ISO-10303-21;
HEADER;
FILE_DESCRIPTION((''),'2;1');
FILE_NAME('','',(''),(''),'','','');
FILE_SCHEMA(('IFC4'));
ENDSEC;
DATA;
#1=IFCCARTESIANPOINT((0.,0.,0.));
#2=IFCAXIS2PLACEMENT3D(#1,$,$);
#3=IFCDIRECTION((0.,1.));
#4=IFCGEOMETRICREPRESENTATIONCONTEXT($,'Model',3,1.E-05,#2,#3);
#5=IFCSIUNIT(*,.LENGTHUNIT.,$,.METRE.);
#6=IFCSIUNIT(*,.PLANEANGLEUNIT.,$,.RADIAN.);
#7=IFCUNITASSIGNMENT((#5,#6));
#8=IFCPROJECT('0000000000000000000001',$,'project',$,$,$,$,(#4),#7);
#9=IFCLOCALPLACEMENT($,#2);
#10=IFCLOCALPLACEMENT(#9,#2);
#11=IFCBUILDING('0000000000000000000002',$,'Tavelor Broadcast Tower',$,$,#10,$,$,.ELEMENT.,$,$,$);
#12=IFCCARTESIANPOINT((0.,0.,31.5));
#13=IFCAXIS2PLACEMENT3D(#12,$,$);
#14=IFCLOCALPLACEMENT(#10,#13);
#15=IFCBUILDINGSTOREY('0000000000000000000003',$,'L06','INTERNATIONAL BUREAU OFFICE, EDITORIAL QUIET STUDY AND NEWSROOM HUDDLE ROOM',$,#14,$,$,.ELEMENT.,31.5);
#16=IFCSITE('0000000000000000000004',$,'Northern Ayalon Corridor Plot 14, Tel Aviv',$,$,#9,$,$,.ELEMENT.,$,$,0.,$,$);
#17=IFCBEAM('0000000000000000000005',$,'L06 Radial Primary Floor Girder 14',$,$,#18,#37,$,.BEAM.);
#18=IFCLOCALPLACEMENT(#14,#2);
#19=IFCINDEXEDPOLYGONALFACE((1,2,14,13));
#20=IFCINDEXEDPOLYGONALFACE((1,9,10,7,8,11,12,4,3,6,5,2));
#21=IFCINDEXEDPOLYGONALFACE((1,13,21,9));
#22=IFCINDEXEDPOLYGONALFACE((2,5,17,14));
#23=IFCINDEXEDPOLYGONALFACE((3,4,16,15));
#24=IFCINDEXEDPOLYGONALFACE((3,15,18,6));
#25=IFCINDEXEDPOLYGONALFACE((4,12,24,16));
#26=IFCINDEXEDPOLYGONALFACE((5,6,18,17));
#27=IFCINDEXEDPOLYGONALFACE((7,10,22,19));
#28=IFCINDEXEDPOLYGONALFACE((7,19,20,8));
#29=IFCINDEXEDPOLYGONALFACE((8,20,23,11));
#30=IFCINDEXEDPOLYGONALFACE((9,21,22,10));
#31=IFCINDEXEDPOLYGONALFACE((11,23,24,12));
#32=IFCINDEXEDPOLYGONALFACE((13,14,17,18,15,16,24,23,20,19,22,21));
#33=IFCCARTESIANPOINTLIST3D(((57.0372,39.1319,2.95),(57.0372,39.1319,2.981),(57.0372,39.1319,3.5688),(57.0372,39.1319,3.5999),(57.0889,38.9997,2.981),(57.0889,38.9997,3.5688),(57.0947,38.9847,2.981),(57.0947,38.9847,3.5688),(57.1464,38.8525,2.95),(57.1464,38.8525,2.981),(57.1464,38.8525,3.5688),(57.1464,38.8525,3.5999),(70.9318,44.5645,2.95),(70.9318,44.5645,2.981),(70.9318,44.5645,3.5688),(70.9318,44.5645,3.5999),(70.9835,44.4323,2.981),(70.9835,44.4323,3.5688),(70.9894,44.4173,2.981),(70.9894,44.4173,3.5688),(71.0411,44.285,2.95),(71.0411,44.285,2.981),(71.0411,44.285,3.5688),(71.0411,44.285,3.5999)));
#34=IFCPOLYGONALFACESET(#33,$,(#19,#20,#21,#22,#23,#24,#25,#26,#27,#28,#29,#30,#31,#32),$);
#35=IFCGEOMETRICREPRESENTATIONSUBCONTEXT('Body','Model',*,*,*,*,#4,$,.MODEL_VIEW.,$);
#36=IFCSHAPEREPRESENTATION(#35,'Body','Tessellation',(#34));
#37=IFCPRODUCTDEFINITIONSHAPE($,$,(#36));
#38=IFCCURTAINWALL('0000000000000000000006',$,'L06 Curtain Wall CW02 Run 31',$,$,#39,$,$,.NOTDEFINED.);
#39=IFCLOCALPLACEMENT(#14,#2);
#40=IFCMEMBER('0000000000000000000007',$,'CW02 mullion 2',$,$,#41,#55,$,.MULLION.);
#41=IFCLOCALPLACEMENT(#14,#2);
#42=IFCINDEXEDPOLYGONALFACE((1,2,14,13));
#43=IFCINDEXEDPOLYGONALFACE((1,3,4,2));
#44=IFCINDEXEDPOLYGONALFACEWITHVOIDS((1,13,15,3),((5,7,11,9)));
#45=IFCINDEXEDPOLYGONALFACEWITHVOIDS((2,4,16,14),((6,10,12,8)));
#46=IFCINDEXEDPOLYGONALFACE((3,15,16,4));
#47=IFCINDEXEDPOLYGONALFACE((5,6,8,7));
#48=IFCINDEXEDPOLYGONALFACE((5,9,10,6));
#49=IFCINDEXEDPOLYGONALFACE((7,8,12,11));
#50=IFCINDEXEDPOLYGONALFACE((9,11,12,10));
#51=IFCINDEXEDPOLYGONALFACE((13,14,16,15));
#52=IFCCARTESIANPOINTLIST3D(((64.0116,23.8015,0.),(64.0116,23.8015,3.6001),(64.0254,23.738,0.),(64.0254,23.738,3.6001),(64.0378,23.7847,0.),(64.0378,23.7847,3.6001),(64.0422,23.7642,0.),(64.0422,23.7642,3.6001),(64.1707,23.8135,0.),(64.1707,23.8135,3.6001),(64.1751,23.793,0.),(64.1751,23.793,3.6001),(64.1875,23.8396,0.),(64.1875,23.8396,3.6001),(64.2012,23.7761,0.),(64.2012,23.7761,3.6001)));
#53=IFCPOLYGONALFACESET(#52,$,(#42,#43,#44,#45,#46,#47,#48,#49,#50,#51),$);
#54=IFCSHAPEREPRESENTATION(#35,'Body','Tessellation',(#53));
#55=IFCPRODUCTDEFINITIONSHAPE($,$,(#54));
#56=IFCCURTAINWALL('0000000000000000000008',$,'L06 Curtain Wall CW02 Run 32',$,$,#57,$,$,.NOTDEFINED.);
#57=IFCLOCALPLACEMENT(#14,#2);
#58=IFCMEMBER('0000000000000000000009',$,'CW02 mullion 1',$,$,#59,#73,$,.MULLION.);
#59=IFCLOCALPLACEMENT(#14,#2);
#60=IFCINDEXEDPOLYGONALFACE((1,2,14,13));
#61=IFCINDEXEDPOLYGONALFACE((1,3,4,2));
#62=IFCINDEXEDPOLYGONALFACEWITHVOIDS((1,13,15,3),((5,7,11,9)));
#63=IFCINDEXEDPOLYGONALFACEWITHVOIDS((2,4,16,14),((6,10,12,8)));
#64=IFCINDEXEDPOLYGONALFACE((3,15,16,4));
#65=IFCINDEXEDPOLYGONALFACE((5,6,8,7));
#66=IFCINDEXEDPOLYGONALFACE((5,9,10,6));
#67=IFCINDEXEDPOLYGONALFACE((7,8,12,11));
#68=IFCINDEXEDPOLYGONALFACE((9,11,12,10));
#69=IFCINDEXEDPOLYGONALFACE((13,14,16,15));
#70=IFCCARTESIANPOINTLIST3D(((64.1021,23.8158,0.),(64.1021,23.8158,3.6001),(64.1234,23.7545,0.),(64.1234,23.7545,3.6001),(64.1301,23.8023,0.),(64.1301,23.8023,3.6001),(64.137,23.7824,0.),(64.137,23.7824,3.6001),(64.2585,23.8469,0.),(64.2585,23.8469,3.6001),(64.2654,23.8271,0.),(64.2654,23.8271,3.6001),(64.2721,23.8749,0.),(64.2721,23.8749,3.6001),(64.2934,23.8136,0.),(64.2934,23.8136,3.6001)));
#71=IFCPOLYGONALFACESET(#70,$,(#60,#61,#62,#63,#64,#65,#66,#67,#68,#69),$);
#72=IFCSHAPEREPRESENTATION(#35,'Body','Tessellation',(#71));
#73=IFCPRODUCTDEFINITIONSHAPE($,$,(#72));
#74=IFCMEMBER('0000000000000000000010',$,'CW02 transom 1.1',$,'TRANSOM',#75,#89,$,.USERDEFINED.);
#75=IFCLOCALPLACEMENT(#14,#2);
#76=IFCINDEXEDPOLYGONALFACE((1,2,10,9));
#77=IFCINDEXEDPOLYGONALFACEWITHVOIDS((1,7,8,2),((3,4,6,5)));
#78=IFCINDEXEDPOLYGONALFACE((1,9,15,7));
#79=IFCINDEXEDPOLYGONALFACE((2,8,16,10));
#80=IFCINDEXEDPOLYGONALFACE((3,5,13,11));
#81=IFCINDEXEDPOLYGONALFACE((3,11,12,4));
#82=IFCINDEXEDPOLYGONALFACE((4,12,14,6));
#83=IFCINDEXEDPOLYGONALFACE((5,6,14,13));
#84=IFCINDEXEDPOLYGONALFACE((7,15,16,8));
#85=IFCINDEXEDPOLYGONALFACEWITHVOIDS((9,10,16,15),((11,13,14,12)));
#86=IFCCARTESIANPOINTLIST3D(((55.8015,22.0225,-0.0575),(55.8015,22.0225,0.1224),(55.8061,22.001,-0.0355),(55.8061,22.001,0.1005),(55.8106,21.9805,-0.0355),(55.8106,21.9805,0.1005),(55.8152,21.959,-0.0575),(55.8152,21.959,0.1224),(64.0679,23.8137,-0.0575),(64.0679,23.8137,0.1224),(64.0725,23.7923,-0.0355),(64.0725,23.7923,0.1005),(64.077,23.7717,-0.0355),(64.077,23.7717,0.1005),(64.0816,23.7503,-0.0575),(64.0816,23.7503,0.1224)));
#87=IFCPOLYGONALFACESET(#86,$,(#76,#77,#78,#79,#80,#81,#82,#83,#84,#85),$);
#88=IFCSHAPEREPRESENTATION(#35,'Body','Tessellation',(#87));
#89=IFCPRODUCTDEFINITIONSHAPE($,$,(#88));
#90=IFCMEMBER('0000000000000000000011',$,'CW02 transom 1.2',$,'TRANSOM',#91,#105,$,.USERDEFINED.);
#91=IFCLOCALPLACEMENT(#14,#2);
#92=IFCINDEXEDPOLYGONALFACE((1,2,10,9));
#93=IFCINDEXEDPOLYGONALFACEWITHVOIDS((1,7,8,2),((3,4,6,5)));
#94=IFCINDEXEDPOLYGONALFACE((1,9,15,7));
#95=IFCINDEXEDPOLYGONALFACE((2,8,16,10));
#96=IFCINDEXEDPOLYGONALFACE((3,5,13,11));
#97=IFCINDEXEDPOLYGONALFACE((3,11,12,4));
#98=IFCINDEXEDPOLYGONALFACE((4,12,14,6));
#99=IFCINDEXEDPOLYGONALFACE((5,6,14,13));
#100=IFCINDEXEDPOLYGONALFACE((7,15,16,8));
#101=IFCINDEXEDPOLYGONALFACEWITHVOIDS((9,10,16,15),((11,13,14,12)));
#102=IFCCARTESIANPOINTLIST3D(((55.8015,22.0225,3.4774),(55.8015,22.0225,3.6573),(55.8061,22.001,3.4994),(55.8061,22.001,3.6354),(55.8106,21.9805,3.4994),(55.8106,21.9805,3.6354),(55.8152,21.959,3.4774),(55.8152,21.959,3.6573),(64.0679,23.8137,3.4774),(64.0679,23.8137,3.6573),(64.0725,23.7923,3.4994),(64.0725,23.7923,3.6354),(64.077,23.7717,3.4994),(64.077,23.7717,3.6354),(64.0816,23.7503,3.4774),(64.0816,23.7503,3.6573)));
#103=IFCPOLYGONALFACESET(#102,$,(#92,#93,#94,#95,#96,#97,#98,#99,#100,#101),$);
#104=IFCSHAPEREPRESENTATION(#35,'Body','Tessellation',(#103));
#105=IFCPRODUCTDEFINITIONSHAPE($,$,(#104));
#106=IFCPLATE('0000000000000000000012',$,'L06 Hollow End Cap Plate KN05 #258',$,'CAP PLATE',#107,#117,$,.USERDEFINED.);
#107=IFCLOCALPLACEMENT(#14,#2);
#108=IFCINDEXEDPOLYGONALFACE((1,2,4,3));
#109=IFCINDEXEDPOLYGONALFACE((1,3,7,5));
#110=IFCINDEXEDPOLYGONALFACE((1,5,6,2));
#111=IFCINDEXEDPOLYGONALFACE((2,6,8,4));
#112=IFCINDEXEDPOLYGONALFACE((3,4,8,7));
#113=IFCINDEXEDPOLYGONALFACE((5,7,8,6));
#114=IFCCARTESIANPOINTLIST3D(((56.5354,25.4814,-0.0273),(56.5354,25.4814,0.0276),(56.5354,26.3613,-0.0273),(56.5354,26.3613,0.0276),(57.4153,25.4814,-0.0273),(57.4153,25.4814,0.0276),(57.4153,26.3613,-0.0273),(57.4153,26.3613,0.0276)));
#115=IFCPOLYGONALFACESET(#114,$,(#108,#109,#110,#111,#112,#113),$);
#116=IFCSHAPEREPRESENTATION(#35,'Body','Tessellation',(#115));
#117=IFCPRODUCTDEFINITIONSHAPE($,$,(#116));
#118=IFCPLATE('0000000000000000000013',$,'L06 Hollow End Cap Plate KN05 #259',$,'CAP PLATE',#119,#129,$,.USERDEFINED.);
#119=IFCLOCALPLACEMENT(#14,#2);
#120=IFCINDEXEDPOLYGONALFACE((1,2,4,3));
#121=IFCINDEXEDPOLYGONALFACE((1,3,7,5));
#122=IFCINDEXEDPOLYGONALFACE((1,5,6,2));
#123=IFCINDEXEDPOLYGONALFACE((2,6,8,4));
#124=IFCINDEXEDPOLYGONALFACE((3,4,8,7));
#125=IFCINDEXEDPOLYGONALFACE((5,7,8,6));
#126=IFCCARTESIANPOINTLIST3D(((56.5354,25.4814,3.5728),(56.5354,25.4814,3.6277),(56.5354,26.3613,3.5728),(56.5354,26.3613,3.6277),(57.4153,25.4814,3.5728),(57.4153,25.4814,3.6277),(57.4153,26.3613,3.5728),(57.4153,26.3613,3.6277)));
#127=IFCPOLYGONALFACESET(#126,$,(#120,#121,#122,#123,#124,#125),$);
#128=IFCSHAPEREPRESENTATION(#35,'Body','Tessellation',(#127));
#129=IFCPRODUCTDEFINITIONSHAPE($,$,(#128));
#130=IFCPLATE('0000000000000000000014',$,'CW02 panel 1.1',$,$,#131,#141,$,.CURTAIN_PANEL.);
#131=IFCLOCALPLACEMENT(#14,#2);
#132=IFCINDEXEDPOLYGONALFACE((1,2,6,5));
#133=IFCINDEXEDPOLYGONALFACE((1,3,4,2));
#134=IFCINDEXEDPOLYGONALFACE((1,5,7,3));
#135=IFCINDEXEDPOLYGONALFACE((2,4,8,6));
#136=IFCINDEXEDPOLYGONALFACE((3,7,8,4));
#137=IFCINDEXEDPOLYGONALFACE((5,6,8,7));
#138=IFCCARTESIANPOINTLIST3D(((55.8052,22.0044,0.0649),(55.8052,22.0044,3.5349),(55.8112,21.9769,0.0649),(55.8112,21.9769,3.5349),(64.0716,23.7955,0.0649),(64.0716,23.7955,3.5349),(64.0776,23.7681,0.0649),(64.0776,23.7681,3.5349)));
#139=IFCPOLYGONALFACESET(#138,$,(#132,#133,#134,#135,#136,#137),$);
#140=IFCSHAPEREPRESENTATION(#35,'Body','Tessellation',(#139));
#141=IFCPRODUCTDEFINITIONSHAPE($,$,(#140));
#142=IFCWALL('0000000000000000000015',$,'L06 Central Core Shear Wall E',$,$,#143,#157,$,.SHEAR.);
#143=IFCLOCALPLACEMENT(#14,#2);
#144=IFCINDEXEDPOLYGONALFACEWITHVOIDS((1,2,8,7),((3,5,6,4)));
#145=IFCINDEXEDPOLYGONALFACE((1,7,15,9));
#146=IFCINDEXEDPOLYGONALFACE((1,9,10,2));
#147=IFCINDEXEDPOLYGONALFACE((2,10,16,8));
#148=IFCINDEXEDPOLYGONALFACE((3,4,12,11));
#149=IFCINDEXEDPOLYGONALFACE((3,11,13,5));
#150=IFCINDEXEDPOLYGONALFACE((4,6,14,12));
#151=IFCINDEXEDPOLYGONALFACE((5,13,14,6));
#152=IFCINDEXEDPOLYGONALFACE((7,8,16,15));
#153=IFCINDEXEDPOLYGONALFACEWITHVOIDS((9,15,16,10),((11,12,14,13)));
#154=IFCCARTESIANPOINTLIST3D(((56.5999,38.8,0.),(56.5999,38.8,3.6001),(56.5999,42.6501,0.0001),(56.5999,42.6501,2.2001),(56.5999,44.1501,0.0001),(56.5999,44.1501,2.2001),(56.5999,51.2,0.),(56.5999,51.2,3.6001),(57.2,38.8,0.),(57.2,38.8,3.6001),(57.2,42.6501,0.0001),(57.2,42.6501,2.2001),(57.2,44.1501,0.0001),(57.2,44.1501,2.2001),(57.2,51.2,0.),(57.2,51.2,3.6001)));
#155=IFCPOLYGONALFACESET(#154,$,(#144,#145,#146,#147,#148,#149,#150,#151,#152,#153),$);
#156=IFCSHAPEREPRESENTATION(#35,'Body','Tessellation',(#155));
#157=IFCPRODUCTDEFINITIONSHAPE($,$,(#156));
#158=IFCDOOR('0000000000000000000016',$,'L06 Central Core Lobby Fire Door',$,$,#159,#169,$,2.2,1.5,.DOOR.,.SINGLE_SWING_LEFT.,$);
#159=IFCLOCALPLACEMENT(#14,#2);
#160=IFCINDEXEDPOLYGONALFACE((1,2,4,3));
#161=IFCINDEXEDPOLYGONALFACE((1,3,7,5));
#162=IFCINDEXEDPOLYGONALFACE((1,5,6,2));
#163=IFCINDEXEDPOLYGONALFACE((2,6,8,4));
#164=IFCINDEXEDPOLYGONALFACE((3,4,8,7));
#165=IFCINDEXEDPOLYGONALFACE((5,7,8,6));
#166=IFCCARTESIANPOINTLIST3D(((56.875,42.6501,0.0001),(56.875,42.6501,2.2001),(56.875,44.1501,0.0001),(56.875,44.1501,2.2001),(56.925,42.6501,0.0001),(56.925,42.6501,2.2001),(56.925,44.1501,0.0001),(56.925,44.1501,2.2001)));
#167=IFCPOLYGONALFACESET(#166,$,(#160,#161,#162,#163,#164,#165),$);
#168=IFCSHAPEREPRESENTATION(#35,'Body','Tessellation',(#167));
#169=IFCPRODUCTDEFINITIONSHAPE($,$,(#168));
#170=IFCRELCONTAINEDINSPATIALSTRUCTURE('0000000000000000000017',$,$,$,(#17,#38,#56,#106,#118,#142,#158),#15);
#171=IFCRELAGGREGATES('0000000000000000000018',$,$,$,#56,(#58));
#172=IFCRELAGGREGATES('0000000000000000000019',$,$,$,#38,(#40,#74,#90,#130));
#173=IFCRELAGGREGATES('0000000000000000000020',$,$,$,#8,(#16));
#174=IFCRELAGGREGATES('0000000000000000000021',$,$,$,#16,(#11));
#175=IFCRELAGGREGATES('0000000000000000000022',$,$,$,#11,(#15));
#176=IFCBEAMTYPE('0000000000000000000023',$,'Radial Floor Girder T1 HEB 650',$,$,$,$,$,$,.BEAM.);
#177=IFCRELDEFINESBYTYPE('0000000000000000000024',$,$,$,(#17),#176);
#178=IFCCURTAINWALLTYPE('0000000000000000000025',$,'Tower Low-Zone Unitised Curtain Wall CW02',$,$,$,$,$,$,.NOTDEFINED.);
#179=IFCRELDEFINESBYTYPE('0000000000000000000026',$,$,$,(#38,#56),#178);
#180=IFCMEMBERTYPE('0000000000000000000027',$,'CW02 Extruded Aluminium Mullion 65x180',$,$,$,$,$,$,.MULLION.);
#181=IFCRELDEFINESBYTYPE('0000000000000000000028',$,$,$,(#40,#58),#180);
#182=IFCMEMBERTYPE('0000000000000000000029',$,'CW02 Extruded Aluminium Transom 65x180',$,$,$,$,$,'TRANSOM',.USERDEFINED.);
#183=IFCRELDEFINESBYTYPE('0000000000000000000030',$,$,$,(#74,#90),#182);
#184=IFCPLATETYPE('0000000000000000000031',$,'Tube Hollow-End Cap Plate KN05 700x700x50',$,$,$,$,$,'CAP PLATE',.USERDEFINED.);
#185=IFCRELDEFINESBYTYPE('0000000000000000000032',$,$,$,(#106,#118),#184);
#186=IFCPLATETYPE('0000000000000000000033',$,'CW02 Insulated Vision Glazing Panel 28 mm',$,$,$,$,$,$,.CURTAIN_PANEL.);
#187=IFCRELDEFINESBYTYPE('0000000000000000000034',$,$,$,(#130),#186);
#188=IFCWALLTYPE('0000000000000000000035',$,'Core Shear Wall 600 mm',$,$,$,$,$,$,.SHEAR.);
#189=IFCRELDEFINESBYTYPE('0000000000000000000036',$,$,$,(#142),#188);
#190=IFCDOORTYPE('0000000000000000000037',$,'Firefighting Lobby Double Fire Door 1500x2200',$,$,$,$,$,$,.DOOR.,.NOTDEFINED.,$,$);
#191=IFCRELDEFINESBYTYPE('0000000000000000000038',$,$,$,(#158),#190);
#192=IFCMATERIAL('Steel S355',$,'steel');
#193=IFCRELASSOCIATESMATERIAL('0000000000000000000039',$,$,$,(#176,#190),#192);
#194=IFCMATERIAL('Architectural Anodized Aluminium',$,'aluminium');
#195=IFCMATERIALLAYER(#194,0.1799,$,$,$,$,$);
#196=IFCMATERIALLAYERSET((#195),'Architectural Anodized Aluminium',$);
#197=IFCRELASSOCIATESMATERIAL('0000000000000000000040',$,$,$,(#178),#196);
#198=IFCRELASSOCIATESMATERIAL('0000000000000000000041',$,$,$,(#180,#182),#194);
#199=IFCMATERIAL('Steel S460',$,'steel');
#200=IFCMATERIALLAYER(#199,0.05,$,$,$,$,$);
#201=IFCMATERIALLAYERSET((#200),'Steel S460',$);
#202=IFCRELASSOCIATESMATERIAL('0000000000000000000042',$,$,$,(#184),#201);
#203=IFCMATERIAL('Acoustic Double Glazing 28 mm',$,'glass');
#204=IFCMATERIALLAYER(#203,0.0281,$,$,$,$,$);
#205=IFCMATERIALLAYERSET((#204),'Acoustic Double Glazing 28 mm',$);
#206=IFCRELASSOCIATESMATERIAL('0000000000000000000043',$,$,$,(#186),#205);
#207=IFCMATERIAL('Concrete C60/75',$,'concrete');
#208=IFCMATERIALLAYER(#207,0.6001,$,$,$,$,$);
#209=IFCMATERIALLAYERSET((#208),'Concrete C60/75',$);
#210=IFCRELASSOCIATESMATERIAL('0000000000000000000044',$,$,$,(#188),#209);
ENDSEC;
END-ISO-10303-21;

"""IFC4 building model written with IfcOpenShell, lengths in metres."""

from ifc_helpers import new_model, si_unit, direction, frame, frame_2d, origin, origin_2d, place, context, subcontext, project, spatial, rectangle, hollow_rectangle, i_section, extrude, source, transform, mapped, material, layer, layer_set, material_profile, profile_set, type_object, type_shapes, element, fill, aggregate, save


model = new_model("IFC4")

# Units and contexts
model_context = context("Model", 3, precision=1e-05, world=origin(), true_north=direction((0.0, 1.0)))
body_context = subcontext(model_context, "Body", "Model", "MODEL_VIEW")
ifc_project = project(units=[si_unit("LENGTHUNIT", "METRE"), si_unit("PLANEANGLEUNIT", "RADIAN")], contexts=[model_context])

# Site, building, storey
site_placement = place(None, origin())
site = spatial("IfcSite", under=ifc_project, at=site_placement, Name="Northern Ayalon Corridor Plot 14, Tel Aviv", CompositionType="ELEMENT", RefElevation=0.0)
building_placement = place(site_placement, origin())
building = spatial("IfcBuilding", under=site, at=building_placement, Name="Tavelor Broadcast Tower", CompositionType="ELEMENT")
storey_placement = place(building_placement, frame((0.0, 0.0, 31.5)))
storey = spatial("IfcBuildingStorey", under=building, at=storey_placement, Name="L06", Description="INTERNATIONAL BUREAU OFFICE, EDITORIAL QUIET STUDY AND NEWSROOM HUDDLE ROOM", CompositionType="ELEMENT", Elevation=31.5)

# Shared definitions
ifc_material_1 = material(Name="Concrete C60/75", Category="concrete")
ifc_material_2 = material(Name="Steel S460", Category="steel")

# Beam
ifc_material_3 = material(Name="Steel S355", Category="steel")
ifc_material_profile_1 = material_profile(ifc_material_3, i_section(OverallWidth=0.3, OverallDepth=0.6499, WebThickness=0.0161, FlangeThickness=0.031, at=origin_2d()), Name="HEB 650")
ifc_profile_set_1 = profile_set([ifc_material_profile_1], Name="Steel S355")
beam_type_1 = type_object("IfcBeamType", Name="Radial Floor Girder T1 HEB 650", PredefinedType="BEAM", material=ifc_profile_set_1)
beam_1_placement = place(storey_placement, frame((57.0918, 38.9922, 3.2749), z_axis=(0.931344, 0.36414, 0.0), x_axis=(-0.36414, 0.931344, 0.0)))
element("IfcBeam", 1, at=beam_1_placement, inside=storey, type_object=beam_type_1, Name="L06 Radial Primary Floor Girder 14", PredefinedType="BEAM", context=body_context, shape_type="SweptSolid", body=[
    extrude(i_section(OverallWidth=0.3, OverallDepth=0.6499, WebThickness=0.0161, FlangeThickness=0.031, at=origin_2d()), origin(), (0.0, 0.0, 1.0), 14.9189),
])

# Curtain walls, members
ifc_material_4 = material(Name="Architectural Anodized Aluminium", Category="aluminium")
ifc_layer_1 = layer(ifc_material_4, 0.1799)
ifc_layer_set_1 = layer_set([ifc_layer_1], Name="Architectural Anodized Aluminium")
curtain_wall_type = type_object("IfcCurtainWallType", Name="Tower Low-Zone Unitised Curtain Wall CW02", PredefinedType="NOTDEFINED", material=ifc_layer_set_1)
curtain_wall_1_placement = place(storey_placement, origin())
curtain_wall_1 = element("IfcCurtainWall", 2, at=curtain_wall_1_placement, inside=storey, type_object=curtain_wall_type, Name="L06 Curtain Wall CW02 Run 31", PredefinedType="NOTDEFINED")
ifc_material_profile_2 = material_profile(ifc_material_4, hollow_rectangle(XDim=0.0649, YDim=0.1799, WallThickness=0.022, at=origin_2d()), Name="RHS 65x180x22")
ifc_profile_set_2 = profile_set([ifc_material_profile_2], Name="Architectural Anodized Aluminium")
member_type_1 = type_object("IfcMemberType", Name="CW02 Extruded Aluminium Mullion 65x180", PredefinedType="MULLION", material=ifc_profile_set_2)
shared_shape_1 = source(origin(), body_context, "Body", "SweptSolid", [
    extrude(hollow_rectangle(XDim=0.0649, YDim=0.1799, WallThickness=0.022, at=origin_2d()), origin(), (0.0, 0.0, 1.0), 3.6001),
])
type_shapes(member_type_1, [shared_shape_1])
member_1_placement = place(storey_placement, frame((64.1064, 23.7888, 0.0), z_axis=(0.0, 0.0, 1.0), x_axis=(-0.211768, 0.97732, 0.0)))
member_1 = element("IfcMember", 3, at=member_1_placement, type_object=member_type_1, Name="CW02 mullion 2", PredefinedType="MULLION", context=body_context, shape_type="MappedRepresentation", body=[
    mapped(shared_shape_1, transform((0.0, 0.0, 0.0), scale=1.0)),
])
curtain_wall_2_placement = place(storey_placement, origin())
curtain_wall_2 = element("IfcCurtainWall", 4, at=curtain_wall_2_placement, inside=storey, type_object=curtain_wall_type, Name="L06 Curtain Wall CW02 Run 32", PredefinedType="NOTDEFINED")
member_2_placement = place(storey_placement, frame((64.1978, 23.8147, 0.0), z_axis=(0.0, 0.0, 1.0), x_axis=(-0.328471, 0.944514, 0.0)))
member_2 = element("IfcMember", 5, at=member_2_placement, type_object=member_type_1, Name="CW02 mullion 1", PredefinedType="MULLION", context=body_context, shape_type="MappedRepresentation", body=[
    mapped(shared_shape_1, transform((0.0, 0.0, 0.0), scale=1.0)),
])
aggregate(curtain_wall_2, [member_2])

# Members
ifc_material_profile_3 = material_profile(ifc_material_4, hollow_rectangle(XDim=0.0649, YDim=0.1799, WallThickness=0.022, at=origin_2d()), Name="RHS 65x180x22")
ifc_profile_set_3 = profile_set([ifc_material_profile_3], Name="Architectural Anodized Aluminium")
member_type_2 = type_object("IfcMemberType", Name="CW02 Extruded Aluminium Transom 65x180", ElementType="TRANSOM", PredefinedType="USERDEFINED", material=ifc_profile_set_3)
shared_shape_2 = source(origin(), body_context, "Body", "SweptSolid", [
    extrude(hollow_rectangle(XDim=0.0649, YDim=0.1799, WallThickness=0.022, at=origin_2d()), origin(), (0.0, 0.0, 1.0), 8.4583),
])
type_shapes(member_type_2, [shared_shape_2])
member_3_placement = place(storey_placement, frame((55.8083, 21.9907, 0.0325), z_axis=(0.977318, 0.211778, 0.0), x_axis=(-0.211778, 0.977318, 0.0)))
member_3 = element("IfcMember", 6, at=member_3_placement, type_object=member_type_2, Name="CW02 transom 1.1", ObjectType="TRANSOM", PredefinedType="USERDEFINED", context=body_context, shape_type="MappedRepresentation", body=[
    mapped(shared_shape_2, transform((0.0, 0.0, 0.0), scale=1.0)),
])
member_4_placement = place(storey_placement, frame((55.8083, 21.9907, 3.5674), z_axis=(0.977318, 0.211778, 0.0), x_axis=(-0.211778, 0.977318, 0.0)))
member_4 = element("IfcMember", 7, at=member_4_placement, type_object=member_type_2, Name="CW02 transom 1.2", ObjectType="TRANSOM", PredefinedType="USERDEFINED", context=body_context, shape_type="MappedRepresentation", body=[
    mapped(shared_shape_2, transform((0.0, 0.0, 0.0), scale=1.0)),
])

# Plates
ifc_layer_2 = layer(ifc_material_2, 0.05)
ifc_layer_set_2 = layer_set([ifc_layer_2], Name="Steel S460")
plate_type_1 = type_object("IfcPlateType", Name="Tube Hollow-End Cap Plate KN05 700x700x50", ElementType="CAP PLATE", PredefinedType="USERDEFINED", material=ifc_layer_set_2)
shared_shape_3 = source(origin(), body_context, "Body", "SweptSolid", [
    extrude(rectangle(XDim=0.8799, YDim=0.8799, at=origin_2d()), origin(), (0.0, 0.0, 1.0), 0.0549),
])
type_shapes(plate_type_1, [shared_shape_3])
for number, where, z_axis, x_axis, name in (
    (8, (56.9753, 25.9214, -0.0273), (0.0, 0.0, 1.0), (1.0, 0.0, 0.0), "L06 Hollow End Cap Plate KN05 #258"),
    (9, (56.9753, 25.9214, 3.5728), (0.0, 0.0, 1.0), (1.0, 0.0, 0.0), "L06 Hollow End Cap Plate KN05 #259"),
):
    element("IfcPlate", number, at=place(storey_placement, frame(where, z_axis=z_axis, x_axis=x_axis)), inside=storey, type_object=plate_type_1, Name=name, ObjectType="CAP PLATE", PredefinedType="USERDEFINED", context=body_context, shape_type="MappedRepresentation", body=[
        mapped(shared_shape_3, transform((0.0, 0.0, 0.0), scale=1.0)),
    ])

# Plate
ifc_material_5 = material(Name="Acoustic Double Glazing 28 mm", Category="glass")
ifc_layer_3 = layer(ifc_material_5, 0.0281)
ifc_layer_set_3 = layer_set([ifc_layer_3], Name="Acoustic Double Glazing 28 mm")
plate_type_2 = type_object("IfcPlateType", Name="CW02 Insulated Vision Glazing Panel 28 mm", PredefinedType="CURTAIN_PANEL", material=ifc_layer_set_3)
shared_shape_4 = source(origin(), body_context, "Body", "SweptSolid", [
    extrude(rectangle(XDim=8.4583, YDim=0.0281, at=origin_2d()), origin(), (0.0, 0.0, 1.0), 3.47),
])
type_shapes(plate_type_2, [shared_shape_4])
plate_placement = place(storey_placement, frame((59.9414, 22.8862, 0.0649), z_axis=(0.0, 0.0, 1.0), x_axis=(0.97732, 0.211768, 0.0)))
plate = element("IfcPlate", 10, at=plate_placement, type_object=plate_type_2, Name="CW02 panel 1.1", PredefinedType="CURTAIN_PANEL", context=body_context, shape_type="MappedRepresentation", body=[
    mapped(shared_shape_4, transform((0.0, 0.0, 0.0), scale=1.0)),
])
aggregate(curtain_wall_1, [member_1, member_3, member_4, plate])

# Wall, opening, door
ifc_layer_4 = layer(ifc_material_1, 0.6001)
ifc_layer_set_4 = layer_set([ifc_layer_4], Name="Concrete C60/75")
wall_type_1 = type_object("IfcWallType", Name="Core Shear Wall 600 mm", PredefinedType="SHEAR", material=ifc_layer_set_4)
wall_1_placement = place(storey_placement, frame((56.8999, 38.8, 0.0), z_axis=(0.0, 0.0, 1.0), x_axis=(0.0, 1.0, 0.0)))
wall_1 = element("IfcWall", 11, at=wall_1_placement, inside=storey, type_object=wall_type_1, Name="L06 Central Core Shear Wall E", PredefinedType="SHEAR", context=body_context, shape_type="SweptSolid", body=[
    extrude(rectangle(XDim=12.3999, YDim=0.6001, at=frame_2d((6.2, 0.0))), origin(), (0.0, 0.0, 1.0), 3.6001),
])
opening_1_placement = place(wall_1_placement, frame((3.8501, 0.0, 0.0)))
opening_1 = element("IfcOpeningElement", 12, at=opening_1_placement, cuts=wall_1, PredefinedType="OPENING", context=body_context, shape_type="SweptSolid", body=[
    extrude(rectangle(XDim=1.5, YDim=2.2, at=frame_2d((0.75, 1.1001))), frame((0.0, 0.3101, 0.0), z_axis=(0.0, -1.0, 0.0), x_axis=(1.0, 0.0, 0.0)), (0.0, 0.0, 1.0), 0.6201),
])
door_type_1 = type_object("IfcDoorType", Name="Firefighting Lobby Double Fire Door 1500x2200", OperationType="NOTDEFINED", PredefinedType="DOOR", material=ifc_material_3)
door_1_placement = place(opening_1_placement, origin())
door_1 = element("IfcDoor", 13, at=door_1_placement, inside=storey, type_object=door_type_1, Name="L06 Central Core Lobby Fire Door", OperationType="SINGLE_SWING_LEFT", OverallHeight=2.2, OverallWidth=1.5, PredefinedType="DOOR", context=body_context, shape_type="SweptSolid", body=[
    extrude(rectangle(XDim=1.5, YDim=2.2, at=frame_2d((0.75, 1.1001))), frame((0.0, 0.0249, 0.0), z_axis=(0.0, -1.0, 0.0), x_axis=(1.0, 0.0, 0.0)), (0.0, 0.0, 1.0), 0.05),
])
fill(opening_1, door_1)

save(model, "model.ifc")
